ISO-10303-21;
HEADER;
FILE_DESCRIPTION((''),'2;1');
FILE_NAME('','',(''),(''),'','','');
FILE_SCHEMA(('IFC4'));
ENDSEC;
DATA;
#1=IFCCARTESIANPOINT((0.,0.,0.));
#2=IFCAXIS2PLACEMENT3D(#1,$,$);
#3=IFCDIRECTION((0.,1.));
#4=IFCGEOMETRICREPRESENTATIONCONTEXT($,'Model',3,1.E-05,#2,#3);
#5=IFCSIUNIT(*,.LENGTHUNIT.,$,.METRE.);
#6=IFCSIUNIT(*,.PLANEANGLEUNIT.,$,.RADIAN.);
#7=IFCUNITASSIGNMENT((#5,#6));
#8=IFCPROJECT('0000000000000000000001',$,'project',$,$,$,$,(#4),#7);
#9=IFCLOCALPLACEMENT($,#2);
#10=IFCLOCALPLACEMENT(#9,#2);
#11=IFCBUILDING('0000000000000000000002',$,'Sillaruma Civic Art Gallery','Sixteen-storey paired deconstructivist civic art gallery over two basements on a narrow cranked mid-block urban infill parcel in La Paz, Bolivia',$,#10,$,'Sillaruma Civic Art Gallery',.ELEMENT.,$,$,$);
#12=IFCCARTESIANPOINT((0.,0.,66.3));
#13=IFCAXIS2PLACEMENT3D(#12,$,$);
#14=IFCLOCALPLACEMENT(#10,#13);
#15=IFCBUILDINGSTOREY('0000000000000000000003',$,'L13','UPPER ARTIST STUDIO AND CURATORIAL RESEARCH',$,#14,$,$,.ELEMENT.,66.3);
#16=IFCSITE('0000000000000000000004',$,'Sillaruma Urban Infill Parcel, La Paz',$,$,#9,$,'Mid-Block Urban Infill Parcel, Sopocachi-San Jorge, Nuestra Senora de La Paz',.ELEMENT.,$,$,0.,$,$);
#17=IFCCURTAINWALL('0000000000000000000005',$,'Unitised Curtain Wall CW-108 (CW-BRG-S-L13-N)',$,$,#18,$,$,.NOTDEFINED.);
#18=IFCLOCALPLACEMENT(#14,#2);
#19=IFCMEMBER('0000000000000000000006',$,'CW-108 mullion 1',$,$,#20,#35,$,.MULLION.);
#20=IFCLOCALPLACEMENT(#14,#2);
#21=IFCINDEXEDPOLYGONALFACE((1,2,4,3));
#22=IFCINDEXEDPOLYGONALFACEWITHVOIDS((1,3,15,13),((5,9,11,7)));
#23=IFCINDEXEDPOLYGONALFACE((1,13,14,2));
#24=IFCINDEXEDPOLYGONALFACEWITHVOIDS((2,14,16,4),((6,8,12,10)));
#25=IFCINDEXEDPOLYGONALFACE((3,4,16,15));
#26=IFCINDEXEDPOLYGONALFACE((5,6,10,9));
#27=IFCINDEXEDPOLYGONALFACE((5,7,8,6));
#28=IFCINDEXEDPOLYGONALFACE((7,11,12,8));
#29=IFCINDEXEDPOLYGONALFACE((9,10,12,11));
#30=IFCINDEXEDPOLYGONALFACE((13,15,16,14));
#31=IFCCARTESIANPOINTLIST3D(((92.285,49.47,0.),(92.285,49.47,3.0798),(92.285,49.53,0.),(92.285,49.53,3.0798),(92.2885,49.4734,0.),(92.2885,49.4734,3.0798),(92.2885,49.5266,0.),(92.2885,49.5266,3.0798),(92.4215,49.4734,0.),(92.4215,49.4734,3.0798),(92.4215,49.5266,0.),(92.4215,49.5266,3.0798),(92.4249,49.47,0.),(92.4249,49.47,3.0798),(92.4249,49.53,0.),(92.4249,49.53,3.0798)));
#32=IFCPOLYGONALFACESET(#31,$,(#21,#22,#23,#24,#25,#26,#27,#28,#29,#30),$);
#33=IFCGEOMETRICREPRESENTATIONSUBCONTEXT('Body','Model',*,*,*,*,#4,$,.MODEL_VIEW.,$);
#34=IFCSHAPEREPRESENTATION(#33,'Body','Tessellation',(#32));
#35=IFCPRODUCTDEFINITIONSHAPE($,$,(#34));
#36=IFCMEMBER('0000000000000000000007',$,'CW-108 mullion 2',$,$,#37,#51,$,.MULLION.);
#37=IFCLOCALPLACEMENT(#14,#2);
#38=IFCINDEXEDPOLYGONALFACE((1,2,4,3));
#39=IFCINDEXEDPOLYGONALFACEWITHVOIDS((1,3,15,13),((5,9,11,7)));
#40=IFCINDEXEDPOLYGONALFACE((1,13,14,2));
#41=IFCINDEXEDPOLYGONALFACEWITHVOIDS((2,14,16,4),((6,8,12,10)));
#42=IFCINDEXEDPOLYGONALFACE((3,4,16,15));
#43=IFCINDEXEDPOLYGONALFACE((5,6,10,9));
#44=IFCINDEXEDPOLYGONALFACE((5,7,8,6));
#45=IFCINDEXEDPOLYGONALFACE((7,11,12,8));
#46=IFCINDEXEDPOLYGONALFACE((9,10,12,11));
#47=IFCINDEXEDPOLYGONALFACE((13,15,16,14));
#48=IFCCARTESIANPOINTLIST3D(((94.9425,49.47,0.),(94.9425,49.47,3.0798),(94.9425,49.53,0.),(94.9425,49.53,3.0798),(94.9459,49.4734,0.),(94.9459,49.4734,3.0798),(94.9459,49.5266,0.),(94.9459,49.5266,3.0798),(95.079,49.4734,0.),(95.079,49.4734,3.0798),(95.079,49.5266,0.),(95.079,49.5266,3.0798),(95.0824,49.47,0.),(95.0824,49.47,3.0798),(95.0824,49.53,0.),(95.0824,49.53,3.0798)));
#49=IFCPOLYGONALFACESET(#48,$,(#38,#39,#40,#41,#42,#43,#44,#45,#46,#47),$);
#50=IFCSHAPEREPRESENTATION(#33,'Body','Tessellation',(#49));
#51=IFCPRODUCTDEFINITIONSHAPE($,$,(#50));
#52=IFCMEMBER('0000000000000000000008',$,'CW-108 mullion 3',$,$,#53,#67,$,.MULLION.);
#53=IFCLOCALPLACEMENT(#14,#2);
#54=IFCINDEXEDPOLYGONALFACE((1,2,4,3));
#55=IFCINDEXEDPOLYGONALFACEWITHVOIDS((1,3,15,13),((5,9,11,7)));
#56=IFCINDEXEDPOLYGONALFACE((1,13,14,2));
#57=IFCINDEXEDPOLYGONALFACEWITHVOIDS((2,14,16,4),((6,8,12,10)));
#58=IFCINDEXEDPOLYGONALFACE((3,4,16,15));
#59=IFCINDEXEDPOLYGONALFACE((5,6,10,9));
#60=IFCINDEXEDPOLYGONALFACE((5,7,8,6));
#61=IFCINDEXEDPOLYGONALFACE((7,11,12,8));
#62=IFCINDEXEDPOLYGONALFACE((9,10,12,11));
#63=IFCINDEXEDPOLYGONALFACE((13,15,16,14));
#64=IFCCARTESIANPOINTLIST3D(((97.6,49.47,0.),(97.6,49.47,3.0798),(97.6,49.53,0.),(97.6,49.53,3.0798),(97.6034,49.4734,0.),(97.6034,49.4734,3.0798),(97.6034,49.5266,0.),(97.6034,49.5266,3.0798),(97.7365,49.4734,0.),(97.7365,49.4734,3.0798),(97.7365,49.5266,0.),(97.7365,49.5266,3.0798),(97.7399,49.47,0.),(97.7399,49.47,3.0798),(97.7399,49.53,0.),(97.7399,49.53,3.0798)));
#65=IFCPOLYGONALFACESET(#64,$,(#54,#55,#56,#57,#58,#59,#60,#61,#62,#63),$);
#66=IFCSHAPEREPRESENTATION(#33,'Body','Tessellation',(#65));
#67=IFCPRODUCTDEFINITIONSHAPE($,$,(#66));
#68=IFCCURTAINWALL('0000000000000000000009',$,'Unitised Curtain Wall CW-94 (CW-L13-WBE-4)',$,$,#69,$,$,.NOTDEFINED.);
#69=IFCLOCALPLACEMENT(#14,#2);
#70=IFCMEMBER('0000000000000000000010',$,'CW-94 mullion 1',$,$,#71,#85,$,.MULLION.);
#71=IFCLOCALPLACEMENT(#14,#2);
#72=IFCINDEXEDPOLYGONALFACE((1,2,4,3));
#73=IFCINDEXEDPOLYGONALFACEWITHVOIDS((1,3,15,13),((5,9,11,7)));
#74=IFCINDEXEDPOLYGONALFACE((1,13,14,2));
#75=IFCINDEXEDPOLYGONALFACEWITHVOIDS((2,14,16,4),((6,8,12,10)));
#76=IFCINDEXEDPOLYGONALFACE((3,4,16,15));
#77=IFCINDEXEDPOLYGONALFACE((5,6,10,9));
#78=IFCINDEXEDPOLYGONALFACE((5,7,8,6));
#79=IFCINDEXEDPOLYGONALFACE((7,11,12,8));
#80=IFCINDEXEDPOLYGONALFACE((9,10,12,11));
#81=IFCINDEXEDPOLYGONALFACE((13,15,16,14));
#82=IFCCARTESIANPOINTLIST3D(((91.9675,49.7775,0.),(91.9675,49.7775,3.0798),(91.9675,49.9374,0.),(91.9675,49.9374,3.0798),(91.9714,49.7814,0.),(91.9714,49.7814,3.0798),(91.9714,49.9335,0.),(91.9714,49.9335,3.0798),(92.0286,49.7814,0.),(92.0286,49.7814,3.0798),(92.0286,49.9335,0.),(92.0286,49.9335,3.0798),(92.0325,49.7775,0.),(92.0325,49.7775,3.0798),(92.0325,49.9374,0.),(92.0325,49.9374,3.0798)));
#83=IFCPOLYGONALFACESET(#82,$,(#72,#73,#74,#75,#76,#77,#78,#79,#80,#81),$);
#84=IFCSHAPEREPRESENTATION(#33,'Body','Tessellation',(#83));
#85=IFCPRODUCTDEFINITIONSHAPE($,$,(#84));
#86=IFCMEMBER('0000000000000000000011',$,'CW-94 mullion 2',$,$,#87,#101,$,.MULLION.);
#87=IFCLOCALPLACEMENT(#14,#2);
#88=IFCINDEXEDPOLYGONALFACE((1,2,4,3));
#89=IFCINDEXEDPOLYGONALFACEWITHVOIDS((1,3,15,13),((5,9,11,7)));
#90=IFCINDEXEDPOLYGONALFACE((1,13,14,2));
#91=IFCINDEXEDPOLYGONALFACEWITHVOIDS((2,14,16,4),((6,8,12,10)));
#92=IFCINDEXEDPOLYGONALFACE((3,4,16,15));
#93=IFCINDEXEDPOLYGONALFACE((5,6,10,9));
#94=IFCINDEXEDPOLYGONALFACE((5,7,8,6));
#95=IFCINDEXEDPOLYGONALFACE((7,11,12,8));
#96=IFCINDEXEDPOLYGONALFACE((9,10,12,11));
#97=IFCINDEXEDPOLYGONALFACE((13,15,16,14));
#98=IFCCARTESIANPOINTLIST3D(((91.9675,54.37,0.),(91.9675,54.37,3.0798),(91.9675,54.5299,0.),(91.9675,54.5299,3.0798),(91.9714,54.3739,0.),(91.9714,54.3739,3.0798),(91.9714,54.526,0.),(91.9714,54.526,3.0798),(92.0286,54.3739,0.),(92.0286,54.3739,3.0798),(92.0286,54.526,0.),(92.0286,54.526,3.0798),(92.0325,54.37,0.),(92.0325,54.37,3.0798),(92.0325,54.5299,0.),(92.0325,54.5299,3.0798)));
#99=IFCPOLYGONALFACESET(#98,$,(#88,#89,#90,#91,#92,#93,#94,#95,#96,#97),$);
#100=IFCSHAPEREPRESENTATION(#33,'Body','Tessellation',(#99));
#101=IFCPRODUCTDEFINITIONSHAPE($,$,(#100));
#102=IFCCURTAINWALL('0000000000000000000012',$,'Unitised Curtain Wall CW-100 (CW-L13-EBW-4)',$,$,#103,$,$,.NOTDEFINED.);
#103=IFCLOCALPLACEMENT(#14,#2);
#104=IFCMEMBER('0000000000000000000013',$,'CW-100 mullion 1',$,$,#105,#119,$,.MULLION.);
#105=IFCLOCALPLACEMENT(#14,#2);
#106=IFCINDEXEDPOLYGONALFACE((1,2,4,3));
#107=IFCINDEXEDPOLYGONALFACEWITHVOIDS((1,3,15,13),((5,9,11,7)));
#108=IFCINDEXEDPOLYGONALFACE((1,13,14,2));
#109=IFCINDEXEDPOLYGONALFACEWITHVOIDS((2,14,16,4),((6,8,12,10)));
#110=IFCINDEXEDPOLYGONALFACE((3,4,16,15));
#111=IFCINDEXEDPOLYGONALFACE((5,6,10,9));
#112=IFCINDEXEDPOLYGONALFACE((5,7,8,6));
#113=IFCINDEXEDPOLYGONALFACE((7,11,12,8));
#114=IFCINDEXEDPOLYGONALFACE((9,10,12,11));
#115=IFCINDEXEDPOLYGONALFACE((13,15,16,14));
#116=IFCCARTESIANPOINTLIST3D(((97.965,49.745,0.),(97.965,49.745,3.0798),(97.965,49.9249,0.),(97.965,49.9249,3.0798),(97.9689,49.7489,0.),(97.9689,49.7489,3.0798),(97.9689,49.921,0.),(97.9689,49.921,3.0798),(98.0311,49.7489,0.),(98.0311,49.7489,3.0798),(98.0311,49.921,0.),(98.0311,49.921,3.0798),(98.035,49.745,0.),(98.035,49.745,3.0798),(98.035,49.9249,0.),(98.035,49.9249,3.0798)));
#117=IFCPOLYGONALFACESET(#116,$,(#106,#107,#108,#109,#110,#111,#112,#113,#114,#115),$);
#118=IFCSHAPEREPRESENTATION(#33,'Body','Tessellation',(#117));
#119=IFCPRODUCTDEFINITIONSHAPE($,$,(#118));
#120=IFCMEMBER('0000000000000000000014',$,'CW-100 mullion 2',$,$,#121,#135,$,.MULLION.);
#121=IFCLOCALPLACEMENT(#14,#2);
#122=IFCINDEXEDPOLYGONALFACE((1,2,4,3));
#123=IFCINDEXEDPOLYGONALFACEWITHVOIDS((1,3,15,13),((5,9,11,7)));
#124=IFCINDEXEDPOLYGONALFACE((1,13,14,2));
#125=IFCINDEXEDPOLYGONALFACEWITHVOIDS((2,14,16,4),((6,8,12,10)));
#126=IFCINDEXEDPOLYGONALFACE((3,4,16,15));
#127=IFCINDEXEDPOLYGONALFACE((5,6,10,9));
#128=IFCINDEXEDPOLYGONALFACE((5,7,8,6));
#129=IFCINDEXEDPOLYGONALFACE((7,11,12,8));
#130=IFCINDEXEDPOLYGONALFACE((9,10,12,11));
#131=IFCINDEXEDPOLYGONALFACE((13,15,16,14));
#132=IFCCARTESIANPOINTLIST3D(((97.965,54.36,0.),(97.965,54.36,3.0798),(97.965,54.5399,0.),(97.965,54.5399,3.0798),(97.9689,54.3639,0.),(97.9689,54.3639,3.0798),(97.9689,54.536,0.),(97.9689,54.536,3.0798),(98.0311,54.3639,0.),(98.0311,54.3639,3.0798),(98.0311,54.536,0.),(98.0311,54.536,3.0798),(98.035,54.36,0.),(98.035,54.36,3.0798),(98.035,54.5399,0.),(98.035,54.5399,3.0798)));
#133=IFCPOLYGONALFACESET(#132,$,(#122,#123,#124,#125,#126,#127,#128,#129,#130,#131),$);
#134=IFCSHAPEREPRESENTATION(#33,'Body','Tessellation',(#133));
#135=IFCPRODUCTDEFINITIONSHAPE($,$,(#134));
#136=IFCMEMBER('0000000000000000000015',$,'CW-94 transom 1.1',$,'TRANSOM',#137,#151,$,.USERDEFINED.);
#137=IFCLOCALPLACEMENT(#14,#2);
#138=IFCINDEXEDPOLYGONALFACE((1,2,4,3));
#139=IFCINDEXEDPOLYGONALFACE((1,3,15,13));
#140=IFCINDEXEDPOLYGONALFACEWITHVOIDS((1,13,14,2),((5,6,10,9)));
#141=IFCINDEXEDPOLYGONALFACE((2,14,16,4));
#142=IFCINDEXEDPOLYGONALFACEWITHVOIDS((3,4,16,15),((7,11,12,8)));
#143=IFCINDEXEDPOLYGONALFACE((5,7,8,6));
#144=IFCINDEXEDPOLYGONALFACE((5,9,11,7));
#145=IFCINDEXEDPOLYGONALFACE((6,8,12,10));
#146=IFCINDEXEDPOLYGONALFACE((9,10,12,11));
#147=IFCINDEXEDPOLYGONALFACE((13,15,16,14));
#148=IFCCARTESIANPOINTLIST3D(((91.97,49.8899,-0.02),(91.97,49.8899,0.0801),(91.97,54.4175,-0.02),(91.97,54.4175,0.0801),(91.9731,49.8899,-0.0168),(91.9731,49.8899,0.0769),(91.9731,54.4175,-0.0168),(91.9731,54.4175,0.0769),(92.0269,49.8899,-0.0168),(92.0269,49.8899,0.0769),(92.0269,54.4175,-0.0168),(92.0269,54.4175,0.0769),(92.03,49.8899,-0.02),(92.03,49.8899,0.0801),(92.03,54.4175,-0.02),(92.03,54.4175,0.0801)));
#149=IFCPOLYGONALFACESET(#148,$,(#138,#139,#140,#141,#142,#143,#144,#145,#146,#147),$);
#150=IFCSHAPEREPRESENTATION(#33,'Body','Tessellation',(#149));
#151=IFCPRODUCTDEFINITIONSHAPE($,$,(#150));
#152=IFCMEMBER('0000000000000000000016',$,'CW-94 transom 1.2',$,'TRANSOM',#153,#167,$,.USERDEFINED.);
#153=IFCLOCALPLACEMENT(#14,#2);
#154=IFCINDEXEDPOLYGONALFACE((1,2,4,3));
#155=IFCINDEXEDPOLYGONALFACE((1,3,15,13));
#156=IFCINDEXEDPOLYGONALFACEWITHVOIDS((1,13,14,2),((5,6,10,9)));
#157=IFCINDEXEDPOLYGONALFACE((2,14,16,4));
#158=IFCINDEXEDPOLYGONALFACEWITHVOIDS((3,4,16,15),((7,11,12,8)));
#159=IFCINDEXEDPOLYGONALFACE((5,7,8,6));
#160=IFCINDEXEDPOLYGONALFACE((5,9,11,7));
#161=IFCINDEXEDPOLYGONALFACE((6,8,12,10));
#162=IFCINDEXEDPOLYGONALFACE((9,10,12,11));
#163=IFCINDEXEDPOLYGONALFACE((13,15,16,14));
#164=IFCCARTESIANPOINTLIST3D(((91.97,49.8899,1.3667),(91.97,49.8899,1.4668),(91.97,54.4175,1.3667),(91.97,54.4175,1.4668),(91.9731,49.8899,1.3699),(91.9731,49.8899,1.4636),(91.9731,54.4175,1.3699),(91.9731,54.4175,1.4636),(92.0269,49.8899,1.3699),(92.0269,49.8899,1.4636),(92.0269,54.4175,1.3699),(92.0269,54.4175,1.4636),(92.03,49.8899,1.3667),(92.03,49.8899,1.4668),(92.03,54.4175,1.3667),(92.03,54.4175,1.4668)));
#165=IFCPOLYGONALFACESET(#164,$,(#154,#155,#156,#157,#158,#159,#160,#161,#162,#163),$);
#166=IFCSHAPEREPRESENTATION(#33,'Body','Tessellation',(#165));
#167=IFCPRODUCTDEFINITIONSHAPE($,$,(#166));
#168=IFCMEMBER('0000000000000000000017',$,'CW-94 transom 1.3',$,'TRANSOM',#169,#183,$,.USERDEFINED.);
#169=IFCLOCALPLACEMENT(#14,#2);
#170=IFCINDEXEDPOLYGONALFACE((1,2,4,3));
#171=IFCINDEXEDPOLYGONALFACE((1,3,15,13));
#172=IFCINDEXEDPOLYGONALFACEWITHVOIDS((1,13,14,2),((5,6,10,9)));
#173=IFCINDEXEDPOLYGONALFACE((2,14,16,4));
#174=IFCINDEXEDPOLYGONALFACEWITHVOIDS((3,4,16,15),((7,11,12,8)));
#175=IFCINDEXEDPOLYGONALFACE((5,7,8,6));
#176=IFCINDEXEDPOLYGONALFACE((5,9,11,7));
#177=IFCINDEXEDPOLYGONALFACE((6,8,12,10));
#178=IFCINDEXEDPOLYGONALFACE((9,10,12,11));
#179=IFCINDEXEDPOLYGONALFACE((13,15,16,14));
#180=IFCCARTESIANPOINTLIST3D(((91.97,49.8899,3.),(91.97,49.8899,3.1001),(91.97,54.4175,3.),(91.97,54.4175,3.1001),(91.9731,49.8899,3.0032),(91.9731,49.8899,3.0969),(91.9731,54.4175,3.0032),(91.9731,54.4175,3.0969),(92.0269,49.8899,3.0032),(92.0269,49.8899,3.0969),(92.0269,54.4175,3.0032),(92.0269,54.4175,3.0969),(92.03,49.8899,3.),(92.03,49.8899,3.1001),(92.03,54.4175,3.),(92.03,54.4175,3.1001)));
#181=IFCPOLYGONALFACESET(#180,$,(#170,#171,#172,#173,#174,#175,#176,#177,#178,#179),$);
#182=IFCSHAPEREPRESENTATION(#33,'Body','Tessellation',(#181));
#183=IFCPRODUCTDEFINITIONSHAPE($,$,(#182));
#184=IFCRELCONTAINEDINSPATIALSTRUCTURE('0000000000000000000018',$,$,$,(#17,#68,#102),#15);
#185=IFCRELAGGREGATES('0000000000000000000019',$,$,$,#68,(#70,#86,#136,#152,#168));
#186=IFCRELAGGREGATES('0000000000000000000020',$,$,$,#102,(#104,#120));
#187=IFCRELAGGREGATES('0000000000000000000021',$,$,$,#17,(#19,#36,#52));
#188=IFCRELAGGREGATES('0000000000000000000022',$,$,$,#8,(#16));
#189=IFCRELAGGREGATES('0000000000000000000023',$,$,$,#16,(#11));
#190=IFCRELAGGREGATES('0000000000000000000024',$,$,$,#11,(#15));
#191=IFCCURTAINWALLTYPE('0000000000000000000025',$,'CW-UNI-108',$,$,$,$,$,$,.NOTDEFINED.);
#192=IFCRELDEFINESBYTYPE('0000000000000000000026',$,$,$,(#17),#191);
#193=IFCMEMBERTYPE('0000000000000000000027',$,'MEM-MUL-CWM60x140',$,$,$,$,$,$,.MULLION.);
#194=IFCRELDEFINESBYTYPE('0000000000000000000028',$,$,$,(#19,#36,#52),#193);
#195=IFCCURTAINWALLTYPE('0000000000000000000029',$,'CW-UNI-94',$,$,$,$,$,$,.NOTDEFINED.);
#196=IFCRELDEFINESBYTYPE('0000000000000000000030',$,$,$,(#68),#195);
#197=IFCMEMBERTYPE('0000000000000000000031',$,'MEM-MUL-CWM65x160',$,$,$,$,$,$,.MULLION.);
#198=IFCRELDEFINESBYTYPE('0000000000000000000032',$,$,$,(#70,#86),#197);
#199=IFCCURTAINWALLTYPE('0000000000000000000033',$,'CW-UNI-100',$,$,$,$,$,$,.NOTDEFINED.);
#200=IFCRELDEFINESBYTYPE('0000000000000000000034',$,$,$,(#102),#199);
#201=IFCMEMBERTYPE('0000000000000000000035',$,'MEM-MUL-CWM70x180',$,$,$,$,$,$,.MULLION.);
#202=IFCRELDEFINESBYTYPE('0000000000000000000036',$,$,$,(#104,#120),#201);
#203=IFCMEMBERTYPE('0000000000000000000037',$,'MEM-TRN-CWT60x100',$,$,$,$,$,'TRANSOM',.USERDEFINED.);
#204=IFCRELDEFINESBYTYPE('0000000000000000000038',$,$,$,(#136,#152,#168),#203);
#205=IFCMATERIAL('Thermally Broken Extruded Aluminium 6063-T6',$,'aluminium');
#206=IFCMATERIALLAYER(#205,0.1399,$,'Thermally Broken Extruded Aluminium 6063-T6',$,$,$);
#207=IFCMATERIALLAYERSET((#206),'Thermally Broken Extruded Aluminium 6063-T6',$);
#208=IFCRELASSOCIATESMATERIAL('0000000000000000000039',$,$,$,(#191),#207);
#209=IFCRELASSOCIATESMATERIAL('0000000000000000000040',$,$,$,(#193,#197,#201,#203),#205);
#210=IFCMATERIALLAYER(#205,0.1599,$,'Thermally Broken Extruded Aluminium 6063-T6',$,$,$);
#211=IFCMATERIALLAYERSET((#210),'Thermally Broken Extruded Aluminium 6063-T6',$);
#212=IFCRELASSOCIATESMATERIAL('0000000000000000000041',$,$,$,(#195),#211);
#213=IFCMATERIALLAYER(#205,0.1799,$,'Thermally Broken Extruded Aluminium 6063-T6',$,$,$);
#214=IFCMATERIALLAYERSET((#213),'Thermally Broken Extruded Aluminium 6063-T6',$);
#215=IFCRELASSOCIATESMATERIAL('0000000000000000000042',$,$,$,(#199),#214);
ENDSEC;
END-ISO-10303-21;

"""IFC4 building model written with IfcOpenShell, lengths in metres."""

from ifc_helpers import new_model, si_unit, direction, frame, origin, origin_2d, place, context, subcontext, project, spatial, hollow_rectangle, extrude, material, layer, layer_set, material_profile, profile_set, type_object, element, aggregate, save


model = new_model("IFC4")

# Units and contexts
model_context = context("Model", 3, precision=1e-05, world=origin(), true_north=direction((0.0, 1.0)))
body_context = subcontext(model_context, "Body", "Model", "MODEL_VIEW")
ifc_project = project(units=[si_unit("LENGTHUNIT", "METRE"), si_unit("PLANEANGLEUNIT", "RADIAN")], contexts=[model_context])

# Site, building, storey
site_placement = place(None, origin())
site = spatial("IfcSite", under=ifc_project, at=site_placement, Name="Sillaruma Urban Infill Parcel, La Paz", LongName="Mid-Block Urban Infill Parcel, Sopocachi-San Jorge, Nuestra Senora de La Paz", CompositionType="ELEMENT", RefElevation=0.0)
building_placement = place(site_placement, origin())
building = spatial("IfcBuilding", under=site, at=building_placement, Name="Sillaruma Civic Art Gallery", Description="Sixteen-storey paired deconstructivist civic art gallery over two basements on a narrow cranked mid-block urban infill parcel in La Paz, Bolivia", LongName="Sillaruma Civic Art Gallery", CompositionType="ELEMENT")
storey_placement = place(building_placement, frame((0.0, 0.0, 66.3)))
storey = spatial("IfcBuildingStorey", under=building, at=storey_placement, Name="L13", Description="UPPER ARTIST STUDIO AND CURATORIAL RESEARCH", CompositionType="ELEMENT", Elevation=66.3)

# Curtain walls, members
ifc_material_1 = material(Name="Thermally Broken Extruded Aluminium 6063-T6", Category="aluminium")
ifc_layer_1 = layer(ifc_material_1, 0.1399, Name="Thermally Broken Extruded Aluminium 6063-T6")
ifc_layer_set_1 = layer_set([ifc_layer_1], Name="Thermally Broken Extruded Aluminium 6063-T6")
curtain_wall_type_1 = type_object("IfcCurtainWallType", Name="CW-UNI-108", PredefinedType="NOTDEFINED", material=ifc_layer_set_1)
curtain_wall_1_placement = place(storey_placement, origin())
curtain_wall_1 = element("IfcCurtainWall", 1, at=curtain_wall_1_placement, inside=storey, type_object=curtain_wall_type_1, Name="Unitised Curtain Wall CW-108 (CW-BRG-S-L13-N)", PredefinedType="NOTDEFINED")
ifc_material_profile_1 = material_profile(ifc_material_1, hollow_rectangle(XDim=0.0601, YDim=0.1399, WallThickness=0.0034, at=origin_2d()), Name="CWM60x140")
ifc_profile_set_1 = profile_set([ifc_material_profile_1], Name="Thermally Broken Extruded Aluminium 6063-T6")
member_type_1 = type_object("IfcMemberType", Name="MEM-MUL-CWM60x140", PredefinedType="MULLION", material=ifc_profile_set_1)
member_1_placement = place(storey_placement, frame((92.355, 49.5, 0.0), z_axis=(0.0, 0.0, 1.0), x_axis=(0.0, 1.0, 0.0)))
member_1 = element("IfcMember", 2, at=member_1_placement, type_object=member_type_1, Name="CW-108 mullion 1", PredefinedType="MULLION", context=body_context, shape_type="SweptSolid", body=[
    extrude(hollow_rectangle(XDim=0.0601, YDim=0.1399, WallThickness=0.0034, at=origin_2d()), origin(), (0.0, 0.0, 1.0), 3.0798),
])
member_2_placement = place(storey_placement, frame((95.0125, 49.5, 0.0), z_axis=(0.0, 0.0, 1.0), x_axis=(0.0, 1.0, 0.0)))
member_2 = element("IfcMember", 3, at=member_2_placement, type_object=member_type_1, Name="CW-108 mullion 2", PredefinedType="MULLION", context=body_context, shape_type="SweptSolid", body=[
    extrude(hollow_rectangle(XDim=0.0601, YDim=0.1399, WallThickness=0.0034, at=origin_2d()), origin(), (0.0, 0.0, 1.0), 3.0798),
])
member_3_placement = place(storey_placement, frame((97.6699, 49.5, 0.0), z_axis=(0.0, 0.0, 1.0), x_axis=(0.0, 1.0, 0.0)))
member_3 = element("IfcMember", 4, at=member_3_placement, type_object=member_type_1, Name="CW-108 mullion 3", PredefinedType="MULLION", context=body_context, shape_type="SweptSolid", body=[
    extrude(hollow_rectangle(XDim=0.0601, YDim=0.1399, WallThickness=0.0034, at=origin_2d()), origin(), (0.0, 0.0, 1.0), 3.0798),
])
ifc_layer_2 = layer(ifc_material_1, 0.1599, Name="Thermally Broken Extruded Aluminium 6063-T6")
ifc_layer_set_2 = layer_set([ifc_layer_2], Name="Thermally Broken Extruded Aluminium 6063-T6")
curtain_wall_type_2 = type_object("IfcCurtainWallType", Name="CW-UNI-94", PredefinedType="NOTDEFINED", material=ifc_layer_set_2)
curtain_wall_2_placement = place(storey_placement, origin())
curtain_wall_2 = element("IfcCurtainWall", 5, at=curtain_wall_2_placement, inside=storey, type_object=curtain_wall_type_2, Name="Unitised Curtain Wall CW-94 (CW-L13-WBE-4)", PredefinedType="NOTDEFINED")
ifc_material_profile_2 = material_profile(ifc_material_1, hollow_rectangle(XDim=0.0649, YDim=0.1599, WallThickness=0.0039, at=origin_2d()), Name="CWM65x160")
ifc_profile_set_2 = profile_set([ifc_material_profile_2], Name="Thermally Broken Extruded Aluminium 6063-T6")
member_type_2 = type_object("IfcMemberType", Name="MEM-MUL-CWM65x160", PredefinedType="MULLION", material=ifc_profile_set_2)
member_4_placement = place(storey_placement, frame((92.0, 49.8574, 0.0), z_axis=(0.0, 0.0, 1.0), x_axis=(-1.0, 0.0, 0.0)))
member_4 = element("IfcMember", 6, at=member_4_placement, type_object=member_type_2, Name="CW-94 mullion 1", PredefinedType="MULLION", context=body_context, shape_type="SweptSolid", body=[
    extrude(hollow_rectangle(XDim=0.0649, YDim=0.1599, WallThickness=0.0039, at=origin_2d()), origin(), (0.0, 0.0, 1.0), 3.0798),
])
member_5_placement = place(storey_placement, frame((92.0, 54.45, 0.0), z_axis=(0.0, 0.0, 1.0), x_axis=(-1.0, 0.0, 0.0)))
member_5 = element("IfcMember", 7, at=member_5_placement, type_object=member_type_2, Name="CW-94 mullion 2", PredefinedType="MULLION", context=body_context, shape_type="SweptSolid", body=[
    extrude(hollow_rectangle(XDim=0.0649, YDim=0.1599, WallThickness=0.0039, at=origin_2d()), origin(), (0.0, 0.0, 1.0), 3.0798),
])
ifc_layer_3 = layer(ifc_material_1, 0.1799, Name="Thermally Broken Extruded Aluminium 6063-T6")
ifc_layer_set_3 = layer_set([ifc_layer_3], Name="Thermally Broken Extruded Aluminium 6063-T6")
curtain_wall_type_3 = type_object("IfcCurtainWallType", Name="CW-UNI-100", PredefinedType="NOTDEFINED", material=ifc_layer_set_3)
curtain_wall_3_placement = place(storey_placement, origin())
curtain_wall_3 = element("IfcCurtainWall", 8, at=curtain_wall_3_placement, inside=storey, type_object=curtain_wall_type_3, Name="Unitised Curtain Wall CW-100 (CW-L13-EBW-4)", PredefinedType="NOTDEFINED")
ifc_material_profile_3 = material_profile(ifc_material_1, hollow_rectangle(XDim=0.0701, YDim=0.1799, WallThickness=0.0039, at=origin_2d()), Name="CWM70x180")
ifc_profile_set_3 = profile_set([ifc_material_profile_3], Name="Thermally Broken Extruded Aluminium 6063-T6")
member_type_3 = type_object("IfcMemberType", Name="MEM-MUL-CWM70x180", PredefinedType="MULLION", material=ifc_profile_set_3)
member_6_placement = place(storey_placement, frame((98.0, 49.835, 0.0), z_axis=(0.0, 0.0, 1.0), x_axis=(-1.0, 0.0, 0.0)))
member_6 = element("IfcMember", 9, at=member_6_placement, type_object=member_type_3, Name="CW-100 mullion 1", PredefinedType="MULLION", context=body_context, shape_type="SweptSolid", body=[
    extrude(hollow_rectangle(XDim=0.0701, YDim=0.1799, WallThickness=0.0039, at=origin_2d()), origin(), (0.0, 0.0, 1.0), 3.0798),
])
member_7_placement = place(storey_placement, frame((98.0, 54.45, 0.0), z_axis=(0.0, 0.0, 1.0), x_axis=(-1.0, 0.0, 0.0)))
member_7 = element("IfcMember", 10, at=member_7_placement, type_object=member_type_3, Name="CW-100 mullion 2", PredefinedType="MULLION", context=body_context, shape_type="SweptSolid", body=[
    extrude(hollow_rectangle(XDim=0.0701, YDim=0.1799, WallThickness=0.0039, at=origin_2d()), origin(), (0.0, 0.0, 1.0), 3.0798),
])

# Members
ifc_material_profile_4 = material_profile(ifc_material_1, hollow_rectangle(XDim=0.0601, YDim=0.1001, WallThickness=0.0032, at=origin_2d()), Name="CWT60x100")
ifc_profile_set_4 = profile_set([ifc_material_profile_4], Name="Thermally Broken Extruded Aluminium 6063-T6")
member_type_4 = type_object("IfcMemberType", Name="MEM-TRN-CWT60x100", ElementType="TRANSOM", PredefinedType="USERDEFINED", material=ifc_profile_set_4)
member_8_placement = place(storey_placement, frame((92.0, 49.8899, 0.03), z_axis=(0.0, 1.0, 0.0), x_axis=(-1.0, 0.0, 0.0)))
member_8 = element("IfcMember", 11, at=member_8_placement, type_object=member_type_4, Name="CW-94 transom 1.1", ObjectType="TRANSOM", PredefinedType="USERDEFINED", context=body_context, shape_type="SweptSolid", body=[
    extrude(hollow_rectangle(XDim=0.0601, YDim=0.1001, WallThickness=0.0032, at=origin_2d()), origin(), (0.0, 0.0, 1.0), 4.5276),
])
member_9_placement = place(storey_placement, frame((92.0, 49.8899, 1.4167), z_axis=(0.0, 1.0, 0.0), x_axis=(-1.0, 0.0, 0.0)))
member_9 = element("IfcMember", 12, at=member_9_placement, type_object=member_type_4, Name="CW-94 transom 1.2", ObjectType="TRANSOM", PredefinedType="USERDEFINED", context=body_context, shape_type="SweptSolid", body=[
    extrude(hollow_rectangle(XDim=0.0601, YDim=0.1001, WallThickness=0.0032, at=origin_2d()), origin(), (0.0, 0.0, 1.0), 4.5276),
])
member_10_placement = place(storey_placement, frame((92.0, 49.8899, 3.05), z_axis=(0.0, 1.0, 0.0), x_axis=(-1.0, 0.0, 0.0)))
member_10 = element("IfcMember", 13, at=member_10_placement, type_object=member_type_4, Name="CW-94 transom 1.3", ObjectType="TRANSOM", PredefinedType="USERDEFINED", context=body_context, shape_type="SweptSolid", body=[
    extrude(hollow_rectangle(XDim=0.0601, YDim=0.1001, WallThickness=0.0032, at=origin_2d()), origin(), (0.0, 0.0, 1.0), 4.5276),
])

aggregate(curtain_wall_2, [member_4, member_5, member_8, member_9, member_10])
aggregate(curtain_wall_3, [member_6, member_7])
aggregate(curtain_wall_1, [member_1, member_2, member_3])

save(model, "model.ifc")
